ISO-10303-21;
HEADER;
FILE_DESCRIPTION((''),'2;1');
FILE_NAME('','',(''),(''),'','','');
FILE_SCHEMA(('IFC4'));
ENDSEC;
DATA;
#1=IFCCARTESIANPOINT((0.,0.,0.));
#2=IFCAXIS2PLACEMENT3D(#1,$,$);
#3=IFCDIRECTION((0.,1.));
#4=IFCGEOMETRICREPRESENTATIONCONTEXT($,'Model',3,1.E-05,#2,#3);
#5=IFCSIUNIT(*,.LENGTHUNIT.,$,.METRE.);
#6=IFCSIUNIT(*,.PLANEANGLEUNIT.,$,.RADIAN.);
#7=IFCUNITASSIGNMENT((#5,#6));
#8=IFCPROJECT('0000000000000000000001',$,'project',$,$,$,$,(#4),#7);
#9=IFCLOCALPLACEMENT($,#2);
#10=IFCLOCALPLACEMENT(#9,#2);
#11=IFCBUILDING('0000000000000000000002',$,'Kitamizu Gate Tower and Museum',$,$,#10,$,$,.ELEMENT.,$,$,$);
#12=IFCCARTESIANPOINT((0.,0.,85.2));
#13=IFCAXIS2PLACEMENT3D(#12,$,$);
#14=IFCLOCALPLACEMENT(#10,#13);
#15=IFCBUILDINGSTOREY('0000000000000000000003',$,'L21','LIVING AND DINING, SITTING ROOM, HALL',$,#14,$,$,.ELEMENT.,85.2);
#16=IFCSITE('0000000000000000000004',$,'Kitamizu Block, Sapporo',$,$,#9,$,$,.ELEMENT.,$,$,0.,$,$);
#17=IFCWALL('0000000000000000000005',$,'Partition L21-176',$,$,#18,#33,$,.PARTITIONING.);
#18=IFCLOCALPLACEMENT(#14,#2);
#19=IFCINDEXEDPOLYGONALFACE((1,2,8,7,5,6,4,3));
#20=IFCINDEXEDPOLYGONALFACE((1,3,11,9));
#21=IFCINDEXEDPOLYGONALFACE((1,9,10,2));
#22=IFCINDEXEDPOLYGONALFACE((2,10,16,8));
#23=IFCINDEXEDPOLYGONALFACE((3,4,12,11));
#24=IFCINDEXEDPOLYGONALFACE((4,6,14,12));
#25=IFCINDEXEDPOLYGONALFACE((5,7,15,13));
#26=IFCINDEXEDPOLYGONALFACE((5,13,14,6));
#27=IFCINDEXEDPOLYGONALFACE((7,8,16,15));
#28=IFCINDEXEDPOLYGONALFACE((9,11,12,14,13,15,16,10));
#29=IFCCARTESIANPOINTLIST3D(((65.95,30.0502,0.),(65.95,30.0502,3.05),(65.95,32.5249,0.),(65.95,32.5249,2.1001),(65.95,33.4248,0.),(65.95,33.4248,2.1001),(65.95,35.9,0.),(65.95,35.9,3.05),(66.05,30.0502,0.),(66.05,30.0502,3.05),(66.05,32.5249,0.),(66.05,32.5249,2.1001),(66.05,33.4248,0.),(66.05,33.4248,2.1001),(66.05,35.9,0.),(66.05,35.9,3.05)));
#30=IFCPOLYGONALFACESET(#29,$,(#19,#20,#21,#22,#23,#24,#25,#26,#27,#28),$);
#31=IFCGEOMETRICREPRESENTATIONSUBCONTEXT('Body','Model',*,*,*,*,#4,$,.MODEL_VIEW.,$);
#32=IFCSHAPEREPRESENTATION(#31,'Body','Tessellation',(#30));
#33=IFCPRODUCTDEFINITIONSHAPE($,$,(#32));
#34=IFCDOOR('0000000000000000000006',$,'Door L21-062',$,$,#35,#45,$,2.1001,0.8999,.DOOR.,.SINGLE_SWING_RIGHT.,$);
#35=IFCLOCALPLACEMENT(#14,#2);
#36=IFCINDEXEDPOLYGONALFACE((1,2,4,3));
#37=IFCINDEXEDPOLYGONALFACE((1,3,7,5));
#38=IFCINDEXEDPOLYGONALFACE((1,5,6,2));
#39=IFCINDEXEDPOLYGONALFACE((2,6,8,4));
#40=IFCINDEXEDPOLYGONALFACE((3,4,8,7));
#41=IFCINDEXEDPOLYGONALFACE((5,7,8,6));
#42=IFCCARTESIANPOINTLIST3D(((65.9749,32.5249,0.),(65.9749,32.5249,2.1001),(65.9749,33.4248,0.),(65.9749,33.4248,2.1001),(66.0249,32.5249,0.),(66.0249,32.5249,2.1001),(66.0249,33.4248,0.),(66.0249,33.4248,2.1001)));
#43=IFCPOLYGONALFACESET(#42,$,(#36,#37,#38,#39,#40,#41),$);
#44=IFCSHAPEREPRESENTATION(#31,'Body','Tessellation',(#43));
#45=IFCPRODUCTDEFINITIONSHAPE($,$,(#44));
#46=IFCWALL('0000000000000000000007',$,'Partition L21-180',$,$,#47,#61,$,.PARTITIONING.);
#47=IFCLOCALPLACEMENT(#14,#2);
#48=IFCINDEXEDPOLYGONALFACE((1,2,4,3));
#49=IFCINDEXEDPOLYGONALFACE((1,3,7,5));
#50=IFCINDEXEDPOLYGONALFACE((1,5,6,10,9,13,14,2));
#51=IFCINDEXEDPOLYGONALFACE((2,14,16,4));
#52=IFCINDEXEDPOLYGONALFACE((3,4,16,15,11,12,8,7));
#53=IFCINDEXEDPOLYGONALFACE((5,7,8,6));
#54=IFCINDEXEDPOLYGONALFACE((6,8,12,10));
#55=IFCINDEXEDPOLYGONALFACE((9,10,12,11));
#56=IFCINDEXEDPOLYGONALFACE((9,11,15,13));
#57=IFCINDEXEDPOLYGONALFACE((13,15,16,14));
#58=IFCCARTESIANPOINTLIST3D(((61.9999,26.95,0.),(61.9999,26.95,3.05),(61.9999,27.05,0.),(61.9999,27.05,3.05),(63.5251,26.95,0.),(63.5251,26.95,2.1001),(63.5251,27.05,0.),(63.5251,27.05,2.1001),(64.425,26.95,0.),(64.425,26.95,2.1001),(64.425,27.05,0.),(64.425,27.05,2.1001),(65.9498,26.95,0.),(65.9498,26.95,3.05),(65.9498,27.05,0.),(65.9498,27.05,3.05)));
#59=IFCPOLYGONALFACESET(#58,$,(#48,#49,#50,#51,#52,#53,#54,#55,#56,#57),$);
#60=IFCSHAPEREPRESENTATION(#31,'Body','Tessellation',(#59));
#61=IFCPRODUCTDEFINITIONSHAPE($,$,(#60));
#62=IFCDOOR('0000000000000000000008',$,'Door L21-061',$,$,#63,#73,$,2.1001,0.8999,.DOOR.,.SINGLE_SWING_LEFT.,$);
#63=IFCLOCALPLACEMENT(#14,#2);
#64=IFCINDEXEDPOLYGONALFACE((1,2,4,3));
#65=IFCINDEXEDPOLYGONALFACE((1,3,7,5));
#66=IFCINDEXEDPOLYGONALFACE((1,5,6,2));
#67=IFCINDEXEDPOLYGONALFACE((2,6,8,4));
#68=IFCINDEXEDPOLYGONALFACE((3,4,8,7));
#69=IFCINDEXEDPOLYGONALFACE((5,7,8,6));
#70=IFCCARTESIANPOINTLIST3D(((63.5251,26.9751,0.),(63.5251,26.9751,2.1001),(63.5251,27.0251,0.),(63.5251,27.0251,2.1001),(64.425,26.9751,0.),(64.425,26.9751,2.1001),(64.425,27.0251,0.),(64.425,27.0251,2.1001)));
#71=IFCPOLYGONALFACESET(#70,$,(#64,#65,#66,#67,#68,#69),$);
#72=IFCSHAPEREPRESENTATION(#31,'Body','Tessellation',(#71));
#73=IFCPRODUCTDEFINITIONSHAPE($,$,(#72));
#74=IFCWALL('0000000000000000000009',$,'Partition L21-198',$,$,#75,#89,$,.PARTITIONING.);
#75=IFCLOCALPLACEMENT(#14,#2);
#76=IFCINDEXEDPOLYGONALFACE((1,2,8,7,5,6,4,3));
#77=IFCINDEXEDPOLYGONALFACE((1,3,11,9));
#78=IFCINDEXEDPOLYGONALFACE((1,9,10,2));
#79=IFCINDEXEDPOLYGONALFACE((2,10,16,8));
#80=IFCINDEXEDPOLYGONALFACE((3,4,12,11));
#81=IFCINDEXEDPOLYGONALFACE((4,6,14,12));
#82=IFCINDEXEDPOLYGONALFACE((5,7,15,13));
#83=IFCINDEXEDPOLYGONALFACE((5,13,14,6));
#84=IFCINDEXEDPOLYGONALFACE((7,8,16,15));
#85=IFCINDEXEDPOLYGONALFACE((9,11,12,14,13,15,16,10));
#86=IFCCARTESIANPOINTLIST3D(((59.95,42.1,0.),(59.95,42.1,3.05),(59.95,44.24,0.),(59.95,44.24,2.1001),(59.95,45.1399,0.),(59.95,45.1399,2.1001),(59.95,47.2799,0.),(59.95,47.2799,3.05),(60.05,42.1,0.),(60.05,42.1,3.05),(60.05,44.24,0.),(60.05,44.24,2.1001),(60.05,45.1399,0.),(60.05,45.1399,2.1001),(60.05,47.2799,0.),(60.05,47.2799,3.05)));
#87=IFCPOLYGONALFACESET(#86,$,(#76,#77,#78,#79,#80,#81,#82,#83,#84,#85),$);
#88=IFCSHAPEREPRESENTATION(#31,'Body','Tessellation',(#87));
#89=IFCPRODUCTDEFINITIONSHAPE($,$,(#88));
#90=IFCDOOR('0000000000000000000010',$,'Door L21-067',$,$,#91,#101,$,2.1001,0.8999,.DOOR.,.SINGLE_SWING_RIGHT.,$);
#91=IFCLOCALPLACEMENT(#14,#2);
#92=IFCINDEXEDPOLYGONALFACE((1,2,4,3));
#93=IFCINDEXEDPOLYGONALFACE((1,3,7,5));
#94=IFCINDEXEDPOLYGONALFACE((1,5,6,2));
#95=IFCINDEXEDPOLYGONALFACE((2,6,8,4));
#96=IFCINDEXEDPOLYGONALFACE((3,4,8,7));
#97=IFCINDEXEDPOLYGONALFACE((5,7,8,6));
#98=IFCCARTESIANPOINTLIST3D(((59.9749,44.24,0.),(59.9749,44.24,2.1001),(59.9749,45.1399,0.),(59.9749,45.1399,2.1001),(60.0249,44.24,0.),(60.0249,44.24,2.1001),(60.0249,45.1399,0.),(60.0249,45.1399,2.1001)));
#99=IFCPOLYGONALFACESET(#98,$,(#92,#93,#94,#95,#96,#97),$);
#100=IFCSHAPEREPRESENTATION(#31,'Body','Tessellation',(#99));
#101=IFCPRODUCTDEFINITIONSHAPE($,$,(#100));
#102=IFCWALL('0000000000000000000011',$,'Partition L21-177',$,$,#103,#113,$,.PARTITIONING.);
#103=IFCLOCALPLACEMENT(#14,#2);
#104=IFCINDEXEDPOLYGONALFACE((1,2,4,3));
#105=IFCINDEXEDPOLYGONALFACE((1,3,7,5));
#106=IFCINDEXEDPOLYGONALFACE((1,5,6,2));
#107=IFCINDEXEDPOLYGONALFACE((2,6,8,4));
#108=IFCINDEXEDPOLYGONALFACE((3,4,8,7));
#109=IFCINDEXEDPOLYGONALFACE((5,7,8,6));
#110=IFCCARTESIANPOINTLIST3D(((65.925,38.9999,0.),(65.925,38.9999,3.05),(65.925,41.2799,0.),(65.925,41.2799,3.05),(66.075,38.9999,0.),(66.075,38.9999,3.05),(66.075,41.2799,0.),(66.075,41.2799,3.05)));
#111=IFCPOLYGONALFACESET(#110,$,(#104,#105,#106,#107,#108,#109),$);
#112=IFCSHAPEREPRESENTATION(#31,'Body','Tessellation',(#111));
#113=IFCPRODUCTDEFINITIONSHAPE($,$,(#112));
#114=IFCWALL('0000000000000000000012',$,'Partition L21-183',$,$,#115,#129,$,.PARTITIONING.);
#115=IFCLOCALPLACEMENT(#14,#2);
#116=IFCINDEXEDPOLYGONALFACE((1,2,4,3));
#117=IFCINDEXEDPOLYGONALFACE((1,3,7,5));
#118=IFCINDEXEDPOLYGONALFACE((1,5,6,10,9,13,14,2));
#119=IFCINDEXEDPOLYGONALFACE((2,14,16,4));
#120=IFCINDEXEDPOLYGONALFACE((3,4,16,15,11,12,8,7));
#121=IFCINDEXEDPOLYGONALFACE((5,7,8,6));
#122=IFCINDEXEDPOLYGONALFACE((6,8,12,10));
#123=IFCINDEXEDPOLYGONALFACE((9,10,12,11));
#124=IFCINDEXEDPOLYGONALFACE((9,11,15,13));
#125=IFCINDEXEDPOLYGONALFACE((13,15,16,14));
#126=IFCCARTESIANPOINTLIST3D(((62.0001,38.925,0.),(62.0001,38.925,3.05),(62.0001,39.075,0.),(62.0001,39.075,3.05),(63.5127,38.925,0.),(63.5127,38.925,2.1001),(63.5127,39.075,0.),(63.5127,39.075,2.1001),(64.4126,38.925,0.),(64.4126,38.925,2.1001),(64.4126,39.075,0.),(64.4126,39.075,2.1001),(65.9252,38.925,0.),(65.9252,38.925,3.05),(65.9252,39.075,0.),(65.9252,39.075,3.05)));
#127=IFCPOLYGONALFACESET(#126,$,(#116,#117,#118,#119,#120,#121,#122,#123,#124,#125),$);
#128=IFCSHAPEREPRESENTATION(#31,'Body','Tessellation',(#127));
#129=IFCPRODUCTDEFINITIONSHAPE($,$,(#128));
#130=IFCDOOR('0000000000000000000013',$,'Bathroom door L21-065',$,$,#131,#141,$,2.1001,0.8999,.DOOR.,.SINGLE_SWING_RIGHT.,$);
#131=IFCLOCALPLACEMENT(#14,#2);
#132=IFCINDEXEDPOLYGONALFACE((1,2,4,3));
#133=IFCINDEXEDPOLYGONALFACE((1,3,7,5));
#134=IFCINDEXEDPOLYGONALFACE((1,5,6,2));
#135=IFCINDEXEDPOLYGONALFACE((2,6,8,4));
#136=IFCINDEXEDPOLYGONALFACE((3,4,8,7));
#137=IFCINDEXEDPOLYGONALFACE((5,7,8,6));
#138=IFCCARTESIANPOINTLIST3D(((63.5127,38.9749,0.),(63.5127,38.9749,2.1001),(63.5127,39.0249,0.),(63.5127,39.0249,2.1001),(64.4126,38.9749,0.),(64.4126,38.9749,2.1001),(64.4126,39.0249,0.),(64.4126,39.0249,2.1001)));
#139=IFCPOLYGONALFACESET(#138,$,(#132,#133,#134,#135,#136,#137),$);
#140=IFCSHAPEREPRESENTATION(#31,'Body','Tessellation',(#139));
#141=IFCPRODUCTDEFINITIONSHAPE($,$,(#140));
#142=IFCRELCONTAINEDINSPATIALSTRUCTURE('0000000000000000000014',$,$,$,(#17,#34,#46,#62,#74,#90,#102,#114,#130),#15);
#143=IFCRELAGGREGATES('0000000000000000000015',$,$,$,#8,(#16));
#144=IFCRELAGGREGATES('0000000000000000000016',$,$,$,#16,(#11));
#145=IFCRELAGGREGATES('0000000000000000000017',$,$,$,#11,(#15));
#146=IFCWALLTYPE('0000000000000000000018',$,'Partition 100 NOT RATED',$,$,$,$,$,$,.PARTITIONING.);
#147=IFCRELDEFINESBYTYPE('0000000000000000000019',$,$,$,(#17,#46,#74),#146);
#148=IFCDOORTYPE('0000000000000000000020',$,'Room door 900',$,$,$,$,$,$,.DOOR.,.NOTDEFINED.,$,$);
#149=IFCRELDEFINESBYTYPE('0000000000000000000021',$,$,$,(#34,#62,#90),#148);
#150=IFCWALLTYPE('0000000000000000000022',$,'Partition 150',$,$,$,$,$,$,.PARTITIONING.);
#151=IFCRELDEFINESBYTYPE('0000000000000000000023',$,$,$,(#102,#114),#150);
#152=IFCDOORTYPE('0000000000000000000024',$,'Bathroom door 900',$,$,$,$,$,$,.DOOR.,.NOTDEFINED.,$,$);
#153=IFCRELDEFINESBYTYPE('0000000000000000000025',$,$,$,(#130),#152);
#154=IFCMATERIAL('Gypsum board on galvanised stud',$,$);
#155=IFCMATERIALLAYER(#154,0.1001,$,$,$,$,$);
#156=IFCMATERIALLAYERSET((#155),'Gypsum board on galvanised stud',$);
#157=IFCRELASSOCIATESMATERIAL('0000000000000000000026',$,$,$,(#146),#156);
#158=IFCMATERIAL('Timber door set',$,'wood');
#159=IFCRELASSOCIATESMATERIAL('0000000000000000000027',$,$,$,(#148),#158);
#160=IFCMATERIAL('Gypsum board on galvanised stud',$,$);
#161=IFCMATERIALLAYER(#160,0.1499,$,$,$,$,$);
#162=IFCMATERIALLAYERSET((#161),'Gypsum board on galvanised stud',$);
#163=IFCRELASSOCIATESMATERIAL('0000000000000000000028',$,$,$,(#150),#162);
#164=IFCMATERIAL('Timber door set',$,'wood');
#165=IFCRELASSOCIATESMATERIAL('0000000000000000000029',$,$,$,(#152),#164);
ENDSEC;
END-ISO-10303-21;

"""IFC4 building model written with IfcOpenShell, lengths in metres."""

from ifc_helpers import new_model, si_unit, direction, frame, frame_2d, origin, place, context, subcontext, project, spatial, rectangle, extrude, material, layer, layer_set, type_object, element, fill, save


model = new_model("IFC4")

# Units and contexts
model_context = context("Model", 3, precision=1e-05, world=origin(), true_north=direction((0.0, 1.0)))
body_context = subcontext(model_context, "Body", "Model", "MODEL_VIEW")
ifc_project = project(units=[si_unit("LENGTHUNIT", "METRE"), si_unit("PLANEANGLEUNIT", "RADIAN")], contexts=[model_context])

# Site, building, storey
site_placement = place(None, origin())
site = spatial("IfcSite", under=ifc_project, at=site_placement, Name="Kitamizu Block, Sapporo", CompositionType="ELEMENT", RefElevation=0.0)
building_placement = place(site_placement, origin())
building = spatial("IfcBuilding", under=site, at=building_placement, Name="Kitamizu Gate Tower and Museum", CompositionType="ELEMENT")
storey_placement = place(building_placement, frame((0.0, 0.0, 85.2)))
storey = spatial("IfcBuildingStorey", under=building, at=storey_placement, Name="L21", Description="LIVING AND DINING, SITTING ROOM, HALL", CompositionType="ELEMENT", Elevation=85.2)

# Shared definitions
ifc_material_1 = material(Name="Gypsum board on galvanised stud")
ifc_layer_1 = layer(ifc_material_1, 0.1001)
ifc_layer_set_1 = layer_set([ifc_layer_1], Name="Gypsum board on galvanised stud")
wall_type_1 = type_object("IfcWallType", Name="Partition 100 NOT RATED", PredefinedType="PARTITIONING", material=ifc_layer_set_1)

# Walls, openings, doors
wall_1_placement = place(storey_placement, frame((66.0, 35.8999, 0.0), z_axis=(0.0, 0.0, 1.0), x_axis=(0.0, -1.0, 0.0)))
wall_1 = element("IfcWall", 1, at=wall_1_placement, inside=storey, type_object=wall_type_1, Name="Partition L21-176", PredefinedType="PARTITIONING", context=body_context, shape_type="SweptSolid", body=[
    extrude(rectangle(XDim=5.8499, YDim=0.1001, at=frame_2d((2.9248, 0.0))), origin(), (0.0, 0.0, 1.0), 3.05),
])
opening_1_placement = place(wall_1_placement, frame((2.4751, 0.0, 0.0)))
opening_1 = element("IfcOpeningElement", 2, at=opening_1_placement, cuts=wall_1, PredefinedType="OPENING", context=body_context, shape_type="SweptSolid", body=[
    extrude(rectangle(XDim=0.8999, YDim=2.1001, at=frame_2d((0.45, 1.05))), frame((0.0, 0.0601, 0.0), z_axis=(0.0, -1.0, 0.0), x_axis=(1.0, 0.0, 0.0)), (0.0, 0.0, 1.0), 0.1201),
])
ifc_material_2 = material(Name="Timber door set", Category="wood")
door_type_1 = type_object("IfcDoorType", Name="Room door 900", OperationType="NOTDEFINED", PredefinedType="DOOR", material=ifc_material_2)
door_1_placement = place(opening_1_placement, origin())
door_1 = element("IfcDoor", 3, at=door_1_placement, inside=storey, type_object=door_type_1, Name="Door L21-062", OperationType="SINGLE_SWING_RIGHT", OverallHeight=2.1001, OverallWidth=0.8999, PredefinedType="DOOR", context=body_context, shape_type="SweptSolid", body=[
    extrude(rectangle(XDim=0.8999, YDim=2.1001, at=frame_2d((0.45, 1.05))), frame((0.0, 0.0249, 0.0), z_axis=(0.0, -1.0, 0.0), x_axis=(1.0, 0.0, 0.0)), (0.0, 0.0, 1.0), 0.05),
])
fill(opening_1, door_1)
wall_2_placement = place(storey_placement, frame((65.95, 27.0, 0.0), z_axis=(0.0, 0.0, 1.0), x_axis=(-1.0, 0.0, 0.0)))
wall_2 = element("IfcWall", 4, at=wall_2_placement, inside=storey, type_object=wall_type_1, Name="Partition L21-180", PredefinedType="PARTITIONING", context=body_context, shape_type="SweptSolid", body=[
    extrude(rectangle(XDim=3.95, YDim=0.1001, at=frame_2d((1.9751, 0.0))), origin(), (0.0, 0.0, 1.0), 3.05),
])
opening_2_placement = place(wall_2_placement, frame((1.5249, 0.0, 0.0)))
opening_2 = element("IfcOpeningElement", 5, at=opening_2_placement, cuts=wall_2, PredefinedType="OPENING", context=body_context, shape_type="SweptSolid", body=[
    extrude(rectangle(XDim=0.8999, YDim=2.1001, at=frame_2d((0.45, 1.05))), frame((0.0, 0.0601, 0.0), z_axis=(0.0, -1.0, 0.0), x_axis=(1.0, 0.0, 0.0)), (0.0, 0.0, 1.0), 0.1201),
])
door_2_placement = place(opening_2_placement, origin())
door_2 = element("IfcDoor", 6, at=door_2_placement, inside=storey, type_object=door_type_1, Name="Door L21-061", OperationType="SINGLE_SWING_LEFT", OverallHeight=2.1001, OverallWidth=0.8999, PredefinedType="DOOR", context=body_context, shape_type="SweptSolid", body=[
    extrude(rectangle(XDim=0.8999, YDim=2.1001, at=frame_2d((0.45, 1.05))), frame((0.0, 0.0249, 0.0), z_axis=(0.0, -1.0, 0.0), x_axis=(1.0, 0.0, 0.0)), (0.0, 0.0, 1.0), 0.05),
])
fill(opening_2, door_2)
wall_3_placement = place(storey_placement, frame((60.0, 42.1001, 0.0), z_axis=(0.0, 0.0, 1.0), x_axis=(0.0, 1.0, 0.0)))
wall_3 = element("IfcWall", 7, at=wall_3_placement, inside=storey, type_object=wall_type_1, Name="Partition L21-198", PredefinedType="PARTITIONING", context=body_context, shape_type="SweptSolid", body=[
    extrude(rectangle(XDim=5.1799, YDim=0.1001, at=frame_2d((2.5898, 0.0))), origin(), (0.0, 0.0, 1.0), 3.05),
])
opening_3_placement = place(wall_3_placement, frame((2.1399, 0.0, 0.0)))
opening_3 = element("IfcOpeningElement", 8, at=opening_3_placement, cuts=wall_3, PredefinedType="OPENING", context=body_context, shape_type="SweptSolid", body=[
    extrude(rectangle(XDim=0.8999, YDim=2.1001, at=frame_2d((0.45, 1.05))), frame((0.0, 0.0601, 0.0), z_axis=(0.0, -1.0, 0.0), x_axis=(1.0, 0.0, 0.0)), (0.0, 0.0, 1.0), 0.1201),
])
door_3_placement = place(opening_3_placement, frame((0.8999, 0.0, 0.0), x_axis=(-1.0, 0.0, 0.0)))
door_3 = element("IfcDoor", 9, at=door_3_placement, inside=storey, type_object=door_type_1, Name="Door L21-067", OperationType="SINGLE_SWING_RIGHT", OverallHeight=2.1001, OverallWidth=0.8999, PredefinedType="DOOR", context=body_context, shape_type="SweptSolid", body=[
    extrude(rectangle(XDim=0.8999, YDim=2.1001, at=frame_2d((0.45, 1.05))), frame((0.0, 0.0249, 0.0), z_axis=(0.0, -1.0, 0.0), x_axis=(1.0, 0.0, 0.0)), (0.0, 0.0, 1.0), 0.05),
])
fill(opening_3, door_3)

# Wall
ifc_material_3 = material(Name="Gypsum board on galvanised stud")
ifc_layer_2 = layer(ifc_material_3, 0.1499)
ifc_layer_set_2 = layer_set([ifc_layer_2], Name="Gypsum board on galvanised stud")
wall_type_2 = type_object("IfcWallType", Name="Partition 150", PredefinedType="PARTITIONING", material=ifc_layer_set_2)
wall_4_placement = place(storey_placement, frame((66.0, 41.28, 0.0), z_axis=(0.0, 0.0, 1.0), x_axis=(0.0, -1.0, 0.0)))
element("IfcWall", 10, at=wall_4_placement, inside=storey, type_object=wall_type_2, Name="Partition L21-177", PredefinedType="PARTITIONING", context=body_context, shape_type="SweptSolid", body=[
    extrude(rectangle(XDim=2.28, YDim=0.1499, at=frame_2d((1.1401, 0.0))), origin(), (0.0, 0.0, 1.0), 3.05),
])

# Wall, opening, door
wall_5_placement = place(storey_placement, frame((65.925, 39.0, 0.0), z_axis=(0.0, 0.0, 1.0), x_axis=(-1.0, 0.0, 0.0)))
wall_5 = element("IfcWall", 11, at=wall_5_placement, inside=storey, type_object=wall_type_2, Name="Partition L21-183", PredefinedType="PARTITIONING", context=body_context, shape_type="SweptSolid", body=[
    extrude(rectangle(XDim=3.925, YDim=0.1499, at=frame_2d((1.9624, 0.0))), origin(), (0.0, 0.0, 1.0), 3.05),
])
opening_4_placement = place(wall_5_placement, frame((1.5125, 0.0, 0.0)))
opening_4 = element("IfcOpeningElement", 12, at=opening_4_placement, cuts=wall_5, PredefinedType="OPENING", context=body_context, shape_type="SweptSolid", body=[
    extrude(rectangle(XDim=0.8999, YDim=2.1001, at=frame_2d((0.45, 1.05))), frame((0.0, 0.085, 0.0), z_axis=(0.0, -1.0, 0.0), x_axis=(1.0, 0.0, 0.0)), (0.0, 0.0, 1.0), 0.1699),
])
ifc_material_4 = material(Name="Timber door set", Category="wood")
door_type_2 = type_object("IfcDoorType", Name="Bathroom door 900", OperationType="NOTDEFINED", PredefinedType="DOOR", material=ifc_material_4)
door_4_placement = place(opening_4_placement, frame((0.8999, 0.0, 0.0), x_axis=(-1.0, 0.0, 0.0)))
door_4 = element("IfcDoor", 13, at=door_4_placement, inside=storey, type_object=door_type_2, Name="Bathroom door L21-065", OperationType="SINGLE_SWING_RIGHT", OverallHeight=2.1001, OverallWidth=0.8999, PredefinedType="DOOR", context=body_context, shape_type="SweptSolid", body=[
    extrude(rectangle(XDim=0.8999, YDim=2.1001, at=frame_2d((0.45, 1.05))), frame((0.0, 0.0249, 0.0), z_axis=(0.0, -1.0, 0.0), x_axis=(1.0, 0.0, 0.0)), (0.0, 0.0, 1.0), 0.05),
])
fill(opening_4, door_4)

save(model, "model.ifc")
